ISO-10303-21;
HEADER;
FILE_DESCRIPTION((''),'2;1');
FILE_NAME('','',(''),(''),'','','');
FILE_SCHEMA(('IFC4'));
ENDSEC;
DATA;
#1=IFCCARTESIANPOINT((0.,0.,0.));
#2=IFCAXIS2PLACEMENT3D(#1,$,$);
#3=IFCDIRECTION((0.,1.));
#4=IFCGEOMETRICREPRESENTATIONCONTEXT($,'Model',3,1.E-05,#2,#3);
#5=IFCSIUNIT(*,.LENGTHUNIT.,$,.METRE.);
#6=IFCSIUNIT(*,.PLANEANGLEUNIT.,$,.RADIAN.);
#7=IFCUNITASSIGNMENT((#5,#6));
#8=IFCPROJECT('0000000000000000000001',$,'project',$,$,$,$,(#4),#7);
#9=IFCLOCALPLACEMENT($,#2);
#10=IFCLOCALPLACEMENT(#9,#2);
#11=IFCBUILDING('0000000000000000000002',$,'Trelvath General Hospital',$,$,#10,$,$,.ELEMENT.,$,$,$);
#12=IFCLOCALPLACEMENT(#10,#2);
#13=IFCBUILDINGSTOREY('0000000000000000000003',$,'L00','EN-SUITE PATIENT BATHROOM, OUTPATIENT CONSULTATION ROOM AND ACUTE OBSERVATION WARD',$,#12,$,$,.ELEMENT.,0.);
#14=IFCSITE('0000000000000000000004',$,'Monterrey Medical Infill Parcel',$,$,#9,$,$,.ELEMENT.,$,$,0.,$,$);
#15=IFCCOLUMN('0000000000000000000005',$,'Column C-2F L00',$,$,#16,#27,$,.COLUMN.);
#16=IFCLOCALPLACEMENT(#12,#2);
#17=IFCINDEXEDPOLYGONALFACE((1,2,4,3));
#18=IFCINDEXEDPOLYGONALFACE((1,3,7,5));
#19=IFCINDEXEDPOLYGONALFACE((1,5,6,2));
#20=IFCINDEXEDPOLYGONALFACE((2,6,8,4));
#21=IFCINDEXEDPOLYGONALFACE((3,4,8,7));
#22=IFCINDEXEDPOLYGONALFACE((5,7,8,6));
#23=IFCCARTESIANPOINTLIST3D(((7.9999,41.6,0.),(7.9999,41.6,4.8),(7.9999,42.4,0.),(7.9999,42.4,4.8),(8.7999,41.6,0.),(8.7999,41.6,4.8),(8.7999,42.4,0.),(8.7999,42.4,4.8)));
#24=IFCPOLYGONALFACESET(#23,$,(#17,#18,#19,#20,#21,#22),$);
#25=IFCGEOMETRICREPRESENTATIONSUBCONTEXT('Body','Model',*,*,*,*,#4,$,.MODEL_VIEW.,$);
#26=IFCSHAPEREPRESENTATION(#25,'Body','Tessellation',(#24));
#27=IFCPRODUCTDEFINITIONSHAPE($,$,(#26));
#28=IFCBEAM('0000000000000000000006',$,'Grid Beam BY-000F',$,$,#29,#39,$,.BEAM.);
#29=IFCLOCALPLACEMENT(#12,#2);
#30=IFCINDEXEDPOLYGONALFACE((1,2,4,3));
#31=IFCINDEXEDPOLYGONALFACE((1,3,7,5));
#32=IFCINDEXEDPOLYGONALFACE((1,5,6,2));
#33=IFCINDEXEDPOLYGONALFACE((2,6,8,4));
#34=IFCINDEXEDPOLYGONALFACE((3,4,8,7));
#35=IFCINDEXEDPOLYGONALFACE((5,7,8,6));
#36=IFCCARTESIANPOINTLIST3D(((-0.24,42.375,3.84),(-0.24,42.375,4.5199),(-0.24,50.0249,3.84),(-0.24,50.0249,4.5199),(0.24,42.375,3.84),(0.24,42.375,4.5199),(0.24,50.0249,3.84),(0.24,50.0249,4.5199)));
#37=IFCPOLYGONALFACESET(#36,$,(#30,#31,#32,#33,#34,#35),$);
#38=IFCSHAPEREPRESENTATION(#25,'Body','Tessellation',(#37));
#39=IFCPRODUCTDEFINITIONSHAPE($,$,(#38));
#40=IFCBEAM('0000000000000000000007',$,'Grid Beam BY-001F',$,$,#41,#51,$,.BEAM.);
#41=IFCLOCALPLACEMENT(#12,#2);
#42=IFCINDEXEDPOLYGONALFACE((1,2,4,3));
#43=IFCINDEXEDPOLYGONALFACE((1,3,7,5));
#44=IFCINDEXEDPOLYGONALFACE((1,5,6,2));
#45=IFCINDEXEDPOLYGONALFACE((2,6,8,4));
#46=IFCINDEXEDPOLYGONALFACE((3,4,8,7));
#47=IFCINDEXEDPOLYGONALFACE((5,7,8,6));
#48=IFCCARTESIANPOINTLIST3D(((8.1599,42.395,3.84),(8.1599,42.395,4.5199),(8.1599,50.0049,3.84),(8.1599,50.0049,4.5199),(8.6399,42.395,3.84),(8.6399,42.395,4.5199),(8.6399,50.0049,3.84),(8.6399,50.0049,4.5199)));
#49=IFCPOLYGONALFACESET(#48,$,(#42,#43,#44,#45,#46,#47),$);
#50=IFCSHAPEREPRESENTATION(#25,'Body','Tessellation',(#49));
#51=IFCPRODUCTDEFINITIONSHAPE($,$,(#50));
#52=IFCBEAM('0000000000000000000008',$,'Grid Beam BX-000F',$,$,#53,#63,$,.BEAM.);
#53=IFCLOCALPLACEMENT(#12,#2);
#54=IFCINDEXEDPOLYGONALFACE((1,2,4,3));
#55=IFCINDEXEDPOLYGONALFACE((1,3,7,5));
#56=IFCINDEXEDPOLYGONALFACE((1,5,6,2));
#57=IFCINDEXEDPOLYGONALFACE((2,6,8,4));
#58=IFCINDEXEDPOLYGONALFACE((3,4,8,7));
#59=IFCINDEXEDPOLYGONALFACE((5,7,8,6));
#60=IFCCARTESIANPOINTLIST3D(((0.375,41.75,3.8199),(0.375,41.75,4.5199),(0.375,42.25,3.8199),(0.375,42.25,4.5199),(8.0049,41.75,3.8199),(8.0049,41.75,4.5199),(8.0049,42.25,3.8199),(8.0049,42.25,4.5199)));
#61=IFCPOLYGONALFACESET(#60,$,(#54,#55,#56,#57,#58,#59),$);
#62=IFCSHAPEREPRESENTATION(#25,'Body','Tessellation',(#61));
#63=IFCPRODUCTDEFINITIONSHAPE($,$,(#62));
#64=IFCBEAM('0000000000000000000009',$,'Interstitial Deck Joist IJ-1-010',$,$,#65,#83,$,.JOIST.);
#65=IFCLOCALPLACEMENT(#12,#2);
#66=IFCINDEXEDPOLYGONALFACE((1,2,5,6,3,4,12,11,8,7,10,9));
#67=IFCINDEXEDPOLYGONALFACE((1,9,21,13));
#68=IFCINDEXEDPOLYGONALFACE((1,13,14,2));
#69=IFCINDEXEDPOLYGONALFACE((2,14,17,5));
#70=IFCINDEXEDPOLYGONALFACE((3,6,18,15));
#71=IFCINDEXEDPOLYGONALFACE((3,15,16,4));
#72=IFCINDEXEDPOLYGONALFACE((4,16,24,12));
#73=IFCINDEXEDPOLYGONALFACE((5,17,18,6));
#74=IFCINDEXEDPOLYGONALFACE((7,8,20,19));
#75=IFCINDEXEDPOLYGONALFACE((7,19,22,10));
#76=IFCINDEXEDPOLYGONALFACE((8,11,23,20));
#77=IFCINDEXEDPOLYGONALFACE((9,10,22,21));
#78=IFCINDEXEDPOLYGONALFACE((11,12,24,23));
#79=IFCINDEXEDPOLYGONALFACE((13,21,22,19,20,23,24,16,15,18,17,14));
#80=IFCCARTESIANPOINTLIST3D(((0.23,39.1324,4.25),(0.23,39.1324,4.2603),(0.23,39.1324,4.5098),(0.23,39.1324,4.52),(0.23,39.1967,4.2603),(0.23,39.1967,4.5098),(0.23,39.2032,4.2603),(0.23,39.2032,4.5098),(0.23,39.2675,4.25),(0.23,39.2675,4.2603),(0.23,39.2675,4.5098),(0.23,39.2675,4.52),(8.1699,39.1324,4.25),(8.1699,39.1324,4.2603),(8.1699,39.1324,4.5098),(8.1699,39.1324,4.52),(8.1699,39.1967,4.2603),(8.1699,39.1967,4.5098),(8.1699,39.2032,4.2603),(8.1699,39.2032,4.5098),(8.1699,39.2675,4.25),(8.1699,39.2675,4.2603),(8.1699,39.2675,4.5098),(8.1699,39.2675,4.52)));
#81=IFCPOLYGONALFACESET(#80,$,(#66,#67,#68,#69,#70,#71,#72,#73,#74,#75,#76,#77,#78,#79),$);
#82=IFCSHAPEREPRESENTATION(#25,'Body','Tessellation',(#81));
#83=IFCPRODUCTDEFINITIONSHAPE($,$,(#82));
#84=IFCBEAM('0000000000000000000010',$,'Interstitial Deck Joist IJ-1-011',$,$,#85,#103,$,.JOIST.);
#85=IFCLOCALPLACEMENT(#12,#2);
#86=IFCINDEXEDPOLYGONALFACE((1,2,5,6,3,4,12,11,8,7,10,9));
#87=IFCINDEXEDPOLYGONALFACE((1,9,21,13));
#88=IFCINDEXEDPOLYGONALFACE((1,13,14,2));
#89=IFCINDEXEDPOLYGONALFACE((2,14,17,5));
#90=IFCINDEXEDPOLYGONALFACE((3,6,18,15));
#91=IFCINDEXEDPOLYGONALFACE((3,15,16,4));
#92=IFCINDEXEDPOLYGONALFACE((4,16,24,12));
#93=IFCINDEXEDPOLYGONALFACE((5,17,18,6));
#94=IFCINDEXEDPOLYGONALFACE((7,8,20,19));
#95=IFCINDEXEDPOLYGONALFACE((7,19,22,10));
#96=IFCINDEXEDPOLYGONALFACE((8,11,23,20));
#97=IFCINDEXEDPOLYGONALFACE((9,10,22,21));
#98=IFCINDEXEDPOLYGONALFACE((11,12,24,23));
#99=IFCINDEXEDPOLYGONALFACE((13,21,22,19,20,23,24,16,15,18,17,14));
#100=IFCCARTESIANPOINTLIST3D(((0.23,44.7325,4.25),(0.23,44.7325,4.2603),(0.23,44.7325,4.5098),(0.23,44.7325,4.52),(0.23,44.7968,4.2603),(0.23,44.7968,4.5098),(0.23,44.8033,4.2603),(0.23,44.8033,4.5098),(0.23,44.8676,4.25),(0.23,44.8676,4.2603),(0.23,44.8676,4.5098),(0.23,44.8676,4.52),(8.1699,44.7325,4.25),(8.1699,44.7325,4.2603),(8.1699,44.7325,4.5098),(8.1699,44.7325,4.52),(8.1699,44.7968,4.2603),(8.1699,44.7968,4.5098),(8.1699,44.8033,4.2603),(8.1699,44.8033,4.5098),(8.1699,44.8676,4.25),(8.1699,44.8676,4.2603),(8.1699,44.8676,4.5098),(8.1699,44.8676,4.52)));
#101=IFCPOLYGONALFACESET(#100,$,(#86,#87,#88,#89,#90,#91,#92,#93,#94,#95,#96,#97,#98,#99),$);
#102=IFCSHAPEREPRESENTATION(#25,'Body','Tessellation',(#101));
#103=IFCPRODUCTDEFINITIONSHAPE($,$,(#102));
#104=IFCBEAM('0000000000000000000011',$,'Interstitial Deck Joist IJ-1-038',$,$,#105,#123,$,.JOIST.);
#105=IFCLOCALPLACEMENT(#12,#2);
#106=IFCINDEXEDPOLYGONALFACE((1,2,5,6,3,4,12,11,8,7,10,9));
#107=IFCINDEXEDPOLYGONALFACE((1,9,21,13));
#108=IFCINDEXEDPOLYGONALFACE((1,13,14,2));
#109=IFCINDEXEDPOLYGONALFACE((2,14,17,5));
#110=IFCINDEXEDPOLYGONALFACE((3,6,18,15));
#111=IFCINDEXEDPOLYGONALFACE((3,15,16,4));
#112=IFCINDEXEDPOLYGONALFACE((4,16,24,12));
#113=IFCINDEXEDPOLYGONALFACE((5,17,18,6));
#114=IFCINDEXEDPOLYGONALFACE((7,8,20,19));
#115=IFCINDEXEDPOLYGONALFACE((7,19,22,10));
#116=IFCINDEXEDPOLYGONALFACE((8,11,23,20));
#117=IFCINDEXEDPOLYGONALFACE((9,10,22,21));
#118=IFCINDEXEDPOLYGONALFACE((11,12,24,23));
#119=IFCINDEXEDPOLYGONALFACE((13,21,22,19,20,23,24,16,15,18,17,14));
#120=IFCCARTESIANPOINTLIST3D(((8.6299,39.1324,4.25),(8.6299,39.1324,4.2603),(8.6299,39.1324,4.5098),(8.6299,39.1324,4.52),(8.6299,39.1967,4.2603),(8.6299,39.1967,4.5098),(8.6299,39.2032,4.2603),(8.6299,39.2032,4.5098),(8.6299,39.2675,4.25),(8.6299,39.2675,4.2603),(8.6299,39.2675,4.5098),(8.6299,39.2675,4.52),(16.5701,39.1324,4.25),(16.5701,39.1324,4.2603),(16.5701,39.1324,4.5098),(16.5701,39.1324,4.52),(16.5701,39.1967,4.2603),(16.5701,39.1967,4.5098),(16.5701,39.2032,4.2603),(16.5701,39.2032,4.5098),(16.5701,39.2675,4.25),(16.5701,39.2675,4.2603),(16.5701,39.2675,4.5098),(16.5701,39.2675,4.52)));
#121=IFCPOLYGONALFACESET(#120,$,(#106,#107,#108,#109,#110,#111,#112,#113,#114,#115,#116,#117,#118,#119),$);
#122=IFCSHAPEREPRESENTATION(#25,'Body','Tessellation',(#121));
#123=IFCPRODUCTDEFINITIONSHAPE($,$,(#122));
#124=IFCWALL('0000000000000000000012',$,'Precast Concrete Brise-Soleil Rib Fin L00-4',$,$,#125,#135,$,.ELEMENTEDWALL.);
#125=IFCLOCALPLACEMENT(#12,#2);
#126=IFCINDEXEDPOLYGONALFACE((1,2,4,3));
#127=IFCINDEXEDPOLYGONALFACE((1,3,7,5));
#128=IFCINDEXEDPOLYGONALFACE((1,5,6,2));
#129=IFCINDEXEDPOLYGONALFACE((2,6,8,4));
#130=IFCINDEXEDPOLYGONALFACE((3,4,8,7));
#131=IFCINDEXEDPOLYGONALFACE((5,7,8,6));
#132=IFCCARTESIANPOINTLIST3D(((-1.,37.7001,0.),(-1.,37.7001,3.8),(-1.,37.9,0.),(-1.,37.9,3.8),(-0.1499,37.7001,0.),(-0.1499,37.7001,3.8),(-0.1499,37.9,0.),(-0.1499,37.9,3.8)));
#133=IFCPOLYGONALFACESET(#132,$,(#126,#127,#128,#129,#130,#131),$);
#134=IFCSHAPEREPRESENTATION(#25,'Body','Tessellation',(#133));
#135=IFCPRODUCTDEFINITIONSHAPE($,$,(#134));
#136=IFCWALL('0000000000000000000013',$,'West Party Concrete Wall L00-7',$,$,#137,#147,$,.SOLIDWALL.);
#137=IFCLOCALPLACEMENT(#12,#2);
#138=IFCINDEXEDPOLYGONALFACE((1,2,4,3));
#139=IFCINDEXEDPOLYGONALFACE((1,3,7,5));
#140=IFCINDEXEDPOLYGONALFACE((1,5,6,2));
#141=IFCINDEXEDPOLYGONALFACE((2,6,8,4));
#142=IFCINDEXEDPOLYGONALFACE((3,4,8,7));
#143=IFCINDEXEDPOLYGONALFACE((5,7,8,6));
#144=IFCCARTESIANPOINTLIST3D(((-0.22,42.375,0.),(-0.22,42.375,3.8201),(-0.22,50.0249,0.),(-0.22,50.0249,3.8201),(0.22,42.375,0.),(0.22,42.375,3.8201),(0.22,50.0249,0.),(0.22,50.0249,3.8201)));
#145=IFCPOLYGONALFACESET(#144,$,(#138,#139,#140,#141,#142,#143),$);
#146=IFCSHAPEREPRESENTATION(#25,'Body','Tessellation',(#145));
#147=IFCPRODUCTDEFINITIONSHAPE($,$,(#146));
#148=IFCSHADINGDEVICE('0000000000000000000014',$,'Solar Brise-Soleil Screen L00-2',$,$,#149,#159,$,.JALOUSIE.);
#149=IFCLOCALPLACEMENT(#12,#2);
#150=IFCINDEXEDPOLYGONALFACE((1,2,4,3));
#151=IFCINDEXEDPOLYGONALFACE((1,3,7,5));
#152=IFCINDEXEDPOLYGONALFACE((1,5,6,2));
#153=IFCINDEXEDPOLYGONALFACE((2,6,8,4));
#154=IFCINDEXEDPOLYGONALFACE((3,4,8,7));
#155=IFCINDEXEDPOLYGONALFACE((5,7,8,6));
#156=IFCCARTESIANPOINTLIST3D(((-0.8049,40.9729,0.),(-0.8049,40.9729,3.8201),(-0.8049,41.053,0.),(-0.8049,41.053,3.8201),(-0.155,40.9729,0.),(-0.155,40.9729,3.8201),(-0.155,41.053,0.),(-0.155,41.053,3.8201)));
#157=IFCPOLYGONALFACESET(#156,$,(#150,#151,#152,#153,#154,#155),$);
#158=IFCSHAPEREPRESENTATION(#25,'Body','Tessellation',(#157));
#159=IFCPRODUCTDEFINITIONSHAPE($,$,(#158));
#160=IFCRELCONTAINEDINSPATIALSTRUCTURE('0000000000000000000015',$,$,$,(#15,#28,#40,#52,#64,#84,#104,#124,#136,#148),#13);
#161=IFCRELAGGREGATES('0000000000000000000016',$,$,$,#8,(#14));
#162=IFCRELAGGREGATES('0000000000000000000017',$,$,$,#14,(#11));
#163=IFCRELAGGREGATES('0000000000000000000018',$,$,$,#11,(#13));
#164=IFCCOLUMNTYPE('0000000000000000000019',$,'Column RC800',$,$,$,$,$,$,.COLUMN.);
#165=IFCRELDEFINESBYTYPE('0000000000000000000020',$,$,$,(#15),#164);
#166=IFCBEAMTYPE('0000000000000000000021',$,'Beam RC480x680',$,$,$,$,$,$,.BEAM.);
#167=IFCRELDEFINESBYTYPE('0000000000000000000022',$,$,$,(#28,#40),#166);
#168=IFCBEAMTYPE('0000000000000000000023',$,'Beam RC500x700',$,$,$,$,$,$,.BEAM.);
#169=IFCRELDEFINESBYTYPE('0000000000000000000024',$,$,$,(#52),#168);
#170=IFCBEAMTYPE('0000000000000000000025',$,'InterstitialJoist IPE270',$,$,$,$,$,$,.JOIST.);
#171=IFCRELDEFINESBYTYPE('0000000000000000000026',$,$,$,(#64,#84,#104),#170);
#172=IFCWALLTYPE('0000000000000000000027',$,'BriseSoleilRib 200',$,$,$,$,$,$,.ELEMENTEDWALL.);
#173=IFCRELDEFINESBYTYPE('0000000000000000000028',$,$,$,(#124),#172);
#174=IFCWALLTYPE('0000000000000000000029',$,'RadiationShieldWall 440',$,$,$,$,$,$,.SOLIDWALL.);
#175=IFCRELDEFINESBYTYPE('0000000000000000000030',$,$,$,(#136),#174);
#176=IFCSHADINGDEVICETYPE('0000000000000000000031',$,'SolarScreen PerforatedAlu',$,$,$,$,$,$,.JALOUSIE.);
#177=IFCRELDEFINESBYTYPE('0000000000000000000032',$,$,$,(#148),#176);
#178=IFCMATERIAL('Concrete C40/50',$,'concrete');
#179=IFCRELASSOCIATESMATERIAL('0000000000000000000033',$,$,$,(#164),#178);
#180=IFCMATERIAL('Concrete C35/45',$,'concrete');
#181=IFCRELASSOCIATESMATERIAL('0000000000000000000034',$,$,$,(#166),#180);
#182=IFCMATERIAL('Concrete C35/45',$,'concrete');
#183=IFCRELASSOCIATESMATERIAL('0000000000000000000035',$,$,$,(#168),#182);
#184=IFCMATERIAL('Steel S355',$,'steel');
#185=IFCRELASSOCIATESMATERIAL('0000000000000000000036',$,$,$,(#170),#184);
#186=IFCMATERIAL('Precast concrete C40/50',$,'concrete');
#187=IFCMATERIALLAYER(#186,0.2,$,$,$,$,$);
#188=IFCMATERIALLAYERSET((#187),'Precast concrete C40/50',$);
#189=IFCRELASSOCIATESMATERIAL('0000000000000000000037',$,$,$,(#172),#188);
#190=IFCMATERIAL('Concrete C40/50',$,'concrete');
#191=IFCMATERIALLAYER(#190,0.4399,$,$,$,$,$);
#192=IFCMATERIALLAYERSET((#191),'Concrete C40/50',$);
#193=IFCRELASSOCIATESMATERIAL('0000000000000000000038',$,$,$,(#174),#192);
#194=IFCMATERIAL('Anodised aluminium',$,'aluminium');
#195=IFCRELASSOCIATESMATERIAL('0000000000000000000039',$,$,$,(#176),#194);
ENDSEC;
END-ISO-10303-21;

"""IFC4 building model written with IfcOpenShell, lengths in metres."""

from ifc_helpers import new_model, si_unit, direction, frame, frame_2d, origin, origin_2d, place, context, subcontext, project, spatial, rectangle, i_section, extrude, material, layer, layer_set, material_profile, profile_set, type_object, element, save


model = new_model("IFC4")

# Units and contexts
model_context = context("Model", 3, precision=1e-05, world=origin(), true_north=direction((0.0, 1.0)))
body_context = subcontext(model_context, "Body", "Model", "MODEL_VIEW")
ifc_project = project(units=[si_unit("LENGTHUNIT", "METRE"), si_unit("PLANEANGLEUNIT", "RADIAN")], contexts=[model_context])

# Site, building, storey
site_placement = place(None, origin())
site = spatial("IfcSite", under=ifc_project, at=site_placement, Name="Monterrey Medical Infill Parcel", CompositionType="ELEMENT", RefElevation=0.0)
building_placement = place(site_placement, origin())
building = spatial("IfcBuilding", under=site, at=building_placement, Name="Trelvath General Hospital", CompositionType="ELEMENT")
storey_placement = place(building_placement, origin())
storey = spatial("IfcBuildingStorey", under=building, at=storey_placement, Name="L00", Description="EN-SUITE PATIENT BATHROOM, OUTPATIENT CONSULTATION ROOM AND ACUTE OBSERVATION WARD", CompositionType="ELEMENT", Elevation=0.0)

# Column
ifc_material_1 = material(Name="Concrete C40/50", Category="concrete")
ifc_material_profile_1 = material_profile(ifc_material_1, rectangle(XDim=0.8, YDim=0.8, at=origin_2d()), Name="RC800x800")
ifc_profile_set_1 = profile_set([ifc_material_profile_1], Name="Concrete C40/50")
column_type_1 = type_object("IfcColumnType", Name="Column RC800", PredefinedType="COLUMN", material=ifc_profile_set_1)
column_1_placement = place(storey_placement, frame((8.3999, 42.0, 0.0), z_axis=(0.0, 0.0, 1.0), x_axis=(1.0, 0.0, 0.0)))
element("IfcColumn", 1, at=column_1_placement, inside=storey, type_object=column_type_1, Name="Column C-2F L00", PredefinedType="COLUMN", context=body_context, shape_type="SweptSolid", body=[
    extrude(rectangle(XDim=0.8, YDim=0.8, at=origin_2d()), origin(), (0.0, 0.0, 1.0), 4.8),
])

# Beams
ifc_material_2 = material(Name="Concrete C35/45", Category="concrete")
ifc_material_profile_2 = material_profile(ifc_material_2, rectangle(XDim=0.48, YDim=0.6799, at=origin_2d()), Name="RCB480x680")
ifc_profile_set_2 = profile_set([ifc_material_profile_2], Name="Concrete C35/45")
beam_type_1 = type_object("IfcBeamType", Name="Beam RC480x680", PredefinedType="BEAM", material=ifc_profile_set_2)
beam_1_placement = place(storey_placement, frame((0.0, 42.375, 4.1799), z_axis=(0.0, 1.0, 0.0), x_axis=(-1.0, 0.0, 0.0)))
element("IfcBeam", 2, at=beam_1_placement, inside=storey, type_object=beam_type_1, Name="Grid Beam BY-000F", PredefinedType="BEAM", context=body_context, shape_type="SweptSolid", body=[
    extrude(rectangle(XDim=0.48, YDim=0.6799, at=origin_2d()), origin(), (0.0, 0.0, 1.0), 7.6499),
])
beam_2_placement = place(storey_placement, frame((8.3999, 42.395, 4.1799), z_axis=(0.0, 1.0, 0.0), x_axis=(-1.0, 0.0, 0.0)))
element("IfcBeam", 3, at=beam_2_placement, inside=storey, type_object=beam_type_1, Name="Grid Beam BY-001F", PredefinedType="BEAM", context=body_context, shape_type="SweptSolid", body=[
    extrude(rectangle(XDim=0.48, YDim=0.6799, at=origin_2d()), origin(), (0.0, 0.0, 1.0), 7.6099),
])
ifc_material_3 = material(Name="Concrete C35/45", Category="concrete")
ifc_material_profile_3 = material_profile(ifc_material_3, rectangle(XDim=0.5, YDim=0.7, at=origin_2d()), Name="RCB500x700")
ifc_profile_set_3 = profile_set([ifc_material_profile_3], Name="Concrete C35/45")
beam_type_2 = type_object("IfcBeamType", Name="Beam RC500x700", PredefinedType="BEAM", material=ifc_profile_set_3)
beam_3_placement = place(storey_placement, frame((0.375, 42.0, 4.1699), z_axis=(1.0, 0.0, 0.0), x_axis=(0.0, 1.0, 0.0)))
element("IfcBeam", 4, at=beam_3_placement, inside=storey, type_object=beam_type_2, Name="Grid Beam BX-000F", PredefinedType="BEAM", context=body_context, shape_type="SweptSolid", body=[
    extrude(rectangle(XDim=0.5, YDim=0.7, at=origin_2d()), origin(), (0.0, 0.0, 1.0), 7.6299),
])
ifc_material_4 = material(Name="Steel S355", Category="steel")
ifc_material_profile_4 = material_profile(ifc_material_4, i_section(OverallWidth=0.135, OverallDepth=0.27, WebThickness=0.0066, FlangeThickness=0.0103, at=origin_2d()), Name="IPE270")
ifc_profile_set_4 = profile_set([ifc_material_profile_4], Name="Steel S355")
beam_type_3 = type_object("IfcBeamType", Name="InterstitialJoist IPE270", PredefinedType="JOIST", material=ifc_profile_set_4)
for number, where, z_axis, x_axis, name in (
    (5, (0.23, 39.2, 4.385), (1.0, 0.0, 0.0), (0.0, 1.0, 0.0), "Interstitial Deck Joist IJ-1-010"),
    (6, (0.23, 44.8, 4.385), (1.0, 0.0, 0.0), (0.0, 1.0, 0.0), "Interstitial Deck Joist IJ-1-011"),
):
    element("IfcBeam", number, at=place(storey_placement, frame(where, z_axis=z_axis, x_axis=x_axis)), inside=storey, type_object=beam_type_3, Name=name, PredefinedType="JOIST", context=body_context, shape_type="SweptSolid", body=[
        extrude(i_section(OverallWidth=0.135, OverallDepth=0.27, WebThickness=0.0066, FlangeThickness=0.0103, at=origin_2d()), origin(), (0.0, 0.0, 1.0), 7.9399),
    ])
beam_4_placement = place(storey_placement, frame((8.6299, 39.2, 4.385), z_axis=(1.0, 0.0, 0.0), x_axis=(0.0, 1.0, 0.0)))
element("IfcBeam", 7, at=beam_4_placement, inside=storey, type_object=beam_type_3, Name="Interstitial Deck Joist IJ-1-038", PredefinedType="JOIST", context=body_context, shape_type="SweptSolid", body=[
    extrude(i_section(OverallWidth=0.135, OverallDepth=0.27, WebThickness=0.0066, FlangeThickness=0.0103, at=origin_2d()), origin(), (0.0, 0.0, 1.0), 7.9402),
])

# Walls
ifc_material_5 = material(Name="Precast concrete C40/50", Category="concrete")
ifc_layer_1 = layer(ifc_material_5, 0.2)
ifc_layer_set_1 = layer_set([ifc_layer_1], Name="Precast concrete C40/50")
wall_type_1 = type_object("IfcWallType", Name="BriseSoleilRib 200", PredefinedType="ELEMENTEDWALL", material=ifc_layer_set_1)
wall_1_placement = place(storey_placement, frame((-0.1499, 37.8, 0.0), z_axis=(0.0, 0.0, 1.0), x_axis=(-1.0, 0.0, 0.0)))
element("IfcWall", 8, at=wall_1_placement, inside=storey, type_object=wall_type_1, Name="Precast Concrete Brise-Soleil Rib Fin L00-4", PredefinedType="ELEMENTEDWALL", context=body_context, shape_type="SweptSolid", body=[
    extrude(rectangle(XDim=0.8501, YDim=0.2, at=frame_2d((0.425, 0.0))), origin(), (0.0, 0.0, 1.0), 3.8),
])
ifc_material_6 = material(Name="Concrete C40/50", Category="concrete")
ifc_layer_2 = layer(ifc_material_6, 0.4399)
ifc_layer_set_2 = layer_set([ifc_layer_2], Name="Concrete C40/50")
wall_type_2 = type_object("IfcWallType", Name="RadiationShieldWall 440", PredefinedType="SOLIDWALL", material=ifc_layer_set_2)
wall_2_placement = place(storey_placement, frame((0.0, 42.375, 0.0), z_axis=(0.0, 0.0, 1.0), x_axis=(0.0, 1.0, 0.0)))
element("IfcWall", 9, at=wall_2_placement, inside=storey, type_object=wall_type_2, Name="West Party Concrete Wall L00-7", PredefinedType="SOLIDWALL", context=body_context, shape_type="SweptSolid", body=[
    extrude(rectangle(XDim=7.6499, YDim=0.4399, at=frame_2d((3.825, 0.0))), origin(), (0.0, 0.0, 1.0), 3.8201),
])

# Shading device
ifc_material_7 = material(Name="Anodised aluminium", Category="aluminium")
shading_device_type = type_object("IfcShadingDeviceType", Name="SolarScreen PerforatedAlu", PredefinedType="JALOUSIE", material=ifc_material_7)
shading_device_placement = place(storey_placement, frame((-0.48, 41.0129, 0.0), z_axis=(0.0, 0.0, 1.0), x_axis=(-1.0, 0.0, 0.0)))
element("IfcShadingDevice", 10, at=shading_device_placement, inside=storey, type_object=shading_device_type, Name="Solar Brise-Soleil Screen L00-2", PredefinedType="JALOUSIE", context=body_context, shape_type="SweptSolid", body=[
    extrude(rectangle(XDim=0.6499, YDim=0.0801, at=origin_2d()), origin(), (0.0, 0.0, 1.0), 3.8201),
])

save(model, "model.ifc")
